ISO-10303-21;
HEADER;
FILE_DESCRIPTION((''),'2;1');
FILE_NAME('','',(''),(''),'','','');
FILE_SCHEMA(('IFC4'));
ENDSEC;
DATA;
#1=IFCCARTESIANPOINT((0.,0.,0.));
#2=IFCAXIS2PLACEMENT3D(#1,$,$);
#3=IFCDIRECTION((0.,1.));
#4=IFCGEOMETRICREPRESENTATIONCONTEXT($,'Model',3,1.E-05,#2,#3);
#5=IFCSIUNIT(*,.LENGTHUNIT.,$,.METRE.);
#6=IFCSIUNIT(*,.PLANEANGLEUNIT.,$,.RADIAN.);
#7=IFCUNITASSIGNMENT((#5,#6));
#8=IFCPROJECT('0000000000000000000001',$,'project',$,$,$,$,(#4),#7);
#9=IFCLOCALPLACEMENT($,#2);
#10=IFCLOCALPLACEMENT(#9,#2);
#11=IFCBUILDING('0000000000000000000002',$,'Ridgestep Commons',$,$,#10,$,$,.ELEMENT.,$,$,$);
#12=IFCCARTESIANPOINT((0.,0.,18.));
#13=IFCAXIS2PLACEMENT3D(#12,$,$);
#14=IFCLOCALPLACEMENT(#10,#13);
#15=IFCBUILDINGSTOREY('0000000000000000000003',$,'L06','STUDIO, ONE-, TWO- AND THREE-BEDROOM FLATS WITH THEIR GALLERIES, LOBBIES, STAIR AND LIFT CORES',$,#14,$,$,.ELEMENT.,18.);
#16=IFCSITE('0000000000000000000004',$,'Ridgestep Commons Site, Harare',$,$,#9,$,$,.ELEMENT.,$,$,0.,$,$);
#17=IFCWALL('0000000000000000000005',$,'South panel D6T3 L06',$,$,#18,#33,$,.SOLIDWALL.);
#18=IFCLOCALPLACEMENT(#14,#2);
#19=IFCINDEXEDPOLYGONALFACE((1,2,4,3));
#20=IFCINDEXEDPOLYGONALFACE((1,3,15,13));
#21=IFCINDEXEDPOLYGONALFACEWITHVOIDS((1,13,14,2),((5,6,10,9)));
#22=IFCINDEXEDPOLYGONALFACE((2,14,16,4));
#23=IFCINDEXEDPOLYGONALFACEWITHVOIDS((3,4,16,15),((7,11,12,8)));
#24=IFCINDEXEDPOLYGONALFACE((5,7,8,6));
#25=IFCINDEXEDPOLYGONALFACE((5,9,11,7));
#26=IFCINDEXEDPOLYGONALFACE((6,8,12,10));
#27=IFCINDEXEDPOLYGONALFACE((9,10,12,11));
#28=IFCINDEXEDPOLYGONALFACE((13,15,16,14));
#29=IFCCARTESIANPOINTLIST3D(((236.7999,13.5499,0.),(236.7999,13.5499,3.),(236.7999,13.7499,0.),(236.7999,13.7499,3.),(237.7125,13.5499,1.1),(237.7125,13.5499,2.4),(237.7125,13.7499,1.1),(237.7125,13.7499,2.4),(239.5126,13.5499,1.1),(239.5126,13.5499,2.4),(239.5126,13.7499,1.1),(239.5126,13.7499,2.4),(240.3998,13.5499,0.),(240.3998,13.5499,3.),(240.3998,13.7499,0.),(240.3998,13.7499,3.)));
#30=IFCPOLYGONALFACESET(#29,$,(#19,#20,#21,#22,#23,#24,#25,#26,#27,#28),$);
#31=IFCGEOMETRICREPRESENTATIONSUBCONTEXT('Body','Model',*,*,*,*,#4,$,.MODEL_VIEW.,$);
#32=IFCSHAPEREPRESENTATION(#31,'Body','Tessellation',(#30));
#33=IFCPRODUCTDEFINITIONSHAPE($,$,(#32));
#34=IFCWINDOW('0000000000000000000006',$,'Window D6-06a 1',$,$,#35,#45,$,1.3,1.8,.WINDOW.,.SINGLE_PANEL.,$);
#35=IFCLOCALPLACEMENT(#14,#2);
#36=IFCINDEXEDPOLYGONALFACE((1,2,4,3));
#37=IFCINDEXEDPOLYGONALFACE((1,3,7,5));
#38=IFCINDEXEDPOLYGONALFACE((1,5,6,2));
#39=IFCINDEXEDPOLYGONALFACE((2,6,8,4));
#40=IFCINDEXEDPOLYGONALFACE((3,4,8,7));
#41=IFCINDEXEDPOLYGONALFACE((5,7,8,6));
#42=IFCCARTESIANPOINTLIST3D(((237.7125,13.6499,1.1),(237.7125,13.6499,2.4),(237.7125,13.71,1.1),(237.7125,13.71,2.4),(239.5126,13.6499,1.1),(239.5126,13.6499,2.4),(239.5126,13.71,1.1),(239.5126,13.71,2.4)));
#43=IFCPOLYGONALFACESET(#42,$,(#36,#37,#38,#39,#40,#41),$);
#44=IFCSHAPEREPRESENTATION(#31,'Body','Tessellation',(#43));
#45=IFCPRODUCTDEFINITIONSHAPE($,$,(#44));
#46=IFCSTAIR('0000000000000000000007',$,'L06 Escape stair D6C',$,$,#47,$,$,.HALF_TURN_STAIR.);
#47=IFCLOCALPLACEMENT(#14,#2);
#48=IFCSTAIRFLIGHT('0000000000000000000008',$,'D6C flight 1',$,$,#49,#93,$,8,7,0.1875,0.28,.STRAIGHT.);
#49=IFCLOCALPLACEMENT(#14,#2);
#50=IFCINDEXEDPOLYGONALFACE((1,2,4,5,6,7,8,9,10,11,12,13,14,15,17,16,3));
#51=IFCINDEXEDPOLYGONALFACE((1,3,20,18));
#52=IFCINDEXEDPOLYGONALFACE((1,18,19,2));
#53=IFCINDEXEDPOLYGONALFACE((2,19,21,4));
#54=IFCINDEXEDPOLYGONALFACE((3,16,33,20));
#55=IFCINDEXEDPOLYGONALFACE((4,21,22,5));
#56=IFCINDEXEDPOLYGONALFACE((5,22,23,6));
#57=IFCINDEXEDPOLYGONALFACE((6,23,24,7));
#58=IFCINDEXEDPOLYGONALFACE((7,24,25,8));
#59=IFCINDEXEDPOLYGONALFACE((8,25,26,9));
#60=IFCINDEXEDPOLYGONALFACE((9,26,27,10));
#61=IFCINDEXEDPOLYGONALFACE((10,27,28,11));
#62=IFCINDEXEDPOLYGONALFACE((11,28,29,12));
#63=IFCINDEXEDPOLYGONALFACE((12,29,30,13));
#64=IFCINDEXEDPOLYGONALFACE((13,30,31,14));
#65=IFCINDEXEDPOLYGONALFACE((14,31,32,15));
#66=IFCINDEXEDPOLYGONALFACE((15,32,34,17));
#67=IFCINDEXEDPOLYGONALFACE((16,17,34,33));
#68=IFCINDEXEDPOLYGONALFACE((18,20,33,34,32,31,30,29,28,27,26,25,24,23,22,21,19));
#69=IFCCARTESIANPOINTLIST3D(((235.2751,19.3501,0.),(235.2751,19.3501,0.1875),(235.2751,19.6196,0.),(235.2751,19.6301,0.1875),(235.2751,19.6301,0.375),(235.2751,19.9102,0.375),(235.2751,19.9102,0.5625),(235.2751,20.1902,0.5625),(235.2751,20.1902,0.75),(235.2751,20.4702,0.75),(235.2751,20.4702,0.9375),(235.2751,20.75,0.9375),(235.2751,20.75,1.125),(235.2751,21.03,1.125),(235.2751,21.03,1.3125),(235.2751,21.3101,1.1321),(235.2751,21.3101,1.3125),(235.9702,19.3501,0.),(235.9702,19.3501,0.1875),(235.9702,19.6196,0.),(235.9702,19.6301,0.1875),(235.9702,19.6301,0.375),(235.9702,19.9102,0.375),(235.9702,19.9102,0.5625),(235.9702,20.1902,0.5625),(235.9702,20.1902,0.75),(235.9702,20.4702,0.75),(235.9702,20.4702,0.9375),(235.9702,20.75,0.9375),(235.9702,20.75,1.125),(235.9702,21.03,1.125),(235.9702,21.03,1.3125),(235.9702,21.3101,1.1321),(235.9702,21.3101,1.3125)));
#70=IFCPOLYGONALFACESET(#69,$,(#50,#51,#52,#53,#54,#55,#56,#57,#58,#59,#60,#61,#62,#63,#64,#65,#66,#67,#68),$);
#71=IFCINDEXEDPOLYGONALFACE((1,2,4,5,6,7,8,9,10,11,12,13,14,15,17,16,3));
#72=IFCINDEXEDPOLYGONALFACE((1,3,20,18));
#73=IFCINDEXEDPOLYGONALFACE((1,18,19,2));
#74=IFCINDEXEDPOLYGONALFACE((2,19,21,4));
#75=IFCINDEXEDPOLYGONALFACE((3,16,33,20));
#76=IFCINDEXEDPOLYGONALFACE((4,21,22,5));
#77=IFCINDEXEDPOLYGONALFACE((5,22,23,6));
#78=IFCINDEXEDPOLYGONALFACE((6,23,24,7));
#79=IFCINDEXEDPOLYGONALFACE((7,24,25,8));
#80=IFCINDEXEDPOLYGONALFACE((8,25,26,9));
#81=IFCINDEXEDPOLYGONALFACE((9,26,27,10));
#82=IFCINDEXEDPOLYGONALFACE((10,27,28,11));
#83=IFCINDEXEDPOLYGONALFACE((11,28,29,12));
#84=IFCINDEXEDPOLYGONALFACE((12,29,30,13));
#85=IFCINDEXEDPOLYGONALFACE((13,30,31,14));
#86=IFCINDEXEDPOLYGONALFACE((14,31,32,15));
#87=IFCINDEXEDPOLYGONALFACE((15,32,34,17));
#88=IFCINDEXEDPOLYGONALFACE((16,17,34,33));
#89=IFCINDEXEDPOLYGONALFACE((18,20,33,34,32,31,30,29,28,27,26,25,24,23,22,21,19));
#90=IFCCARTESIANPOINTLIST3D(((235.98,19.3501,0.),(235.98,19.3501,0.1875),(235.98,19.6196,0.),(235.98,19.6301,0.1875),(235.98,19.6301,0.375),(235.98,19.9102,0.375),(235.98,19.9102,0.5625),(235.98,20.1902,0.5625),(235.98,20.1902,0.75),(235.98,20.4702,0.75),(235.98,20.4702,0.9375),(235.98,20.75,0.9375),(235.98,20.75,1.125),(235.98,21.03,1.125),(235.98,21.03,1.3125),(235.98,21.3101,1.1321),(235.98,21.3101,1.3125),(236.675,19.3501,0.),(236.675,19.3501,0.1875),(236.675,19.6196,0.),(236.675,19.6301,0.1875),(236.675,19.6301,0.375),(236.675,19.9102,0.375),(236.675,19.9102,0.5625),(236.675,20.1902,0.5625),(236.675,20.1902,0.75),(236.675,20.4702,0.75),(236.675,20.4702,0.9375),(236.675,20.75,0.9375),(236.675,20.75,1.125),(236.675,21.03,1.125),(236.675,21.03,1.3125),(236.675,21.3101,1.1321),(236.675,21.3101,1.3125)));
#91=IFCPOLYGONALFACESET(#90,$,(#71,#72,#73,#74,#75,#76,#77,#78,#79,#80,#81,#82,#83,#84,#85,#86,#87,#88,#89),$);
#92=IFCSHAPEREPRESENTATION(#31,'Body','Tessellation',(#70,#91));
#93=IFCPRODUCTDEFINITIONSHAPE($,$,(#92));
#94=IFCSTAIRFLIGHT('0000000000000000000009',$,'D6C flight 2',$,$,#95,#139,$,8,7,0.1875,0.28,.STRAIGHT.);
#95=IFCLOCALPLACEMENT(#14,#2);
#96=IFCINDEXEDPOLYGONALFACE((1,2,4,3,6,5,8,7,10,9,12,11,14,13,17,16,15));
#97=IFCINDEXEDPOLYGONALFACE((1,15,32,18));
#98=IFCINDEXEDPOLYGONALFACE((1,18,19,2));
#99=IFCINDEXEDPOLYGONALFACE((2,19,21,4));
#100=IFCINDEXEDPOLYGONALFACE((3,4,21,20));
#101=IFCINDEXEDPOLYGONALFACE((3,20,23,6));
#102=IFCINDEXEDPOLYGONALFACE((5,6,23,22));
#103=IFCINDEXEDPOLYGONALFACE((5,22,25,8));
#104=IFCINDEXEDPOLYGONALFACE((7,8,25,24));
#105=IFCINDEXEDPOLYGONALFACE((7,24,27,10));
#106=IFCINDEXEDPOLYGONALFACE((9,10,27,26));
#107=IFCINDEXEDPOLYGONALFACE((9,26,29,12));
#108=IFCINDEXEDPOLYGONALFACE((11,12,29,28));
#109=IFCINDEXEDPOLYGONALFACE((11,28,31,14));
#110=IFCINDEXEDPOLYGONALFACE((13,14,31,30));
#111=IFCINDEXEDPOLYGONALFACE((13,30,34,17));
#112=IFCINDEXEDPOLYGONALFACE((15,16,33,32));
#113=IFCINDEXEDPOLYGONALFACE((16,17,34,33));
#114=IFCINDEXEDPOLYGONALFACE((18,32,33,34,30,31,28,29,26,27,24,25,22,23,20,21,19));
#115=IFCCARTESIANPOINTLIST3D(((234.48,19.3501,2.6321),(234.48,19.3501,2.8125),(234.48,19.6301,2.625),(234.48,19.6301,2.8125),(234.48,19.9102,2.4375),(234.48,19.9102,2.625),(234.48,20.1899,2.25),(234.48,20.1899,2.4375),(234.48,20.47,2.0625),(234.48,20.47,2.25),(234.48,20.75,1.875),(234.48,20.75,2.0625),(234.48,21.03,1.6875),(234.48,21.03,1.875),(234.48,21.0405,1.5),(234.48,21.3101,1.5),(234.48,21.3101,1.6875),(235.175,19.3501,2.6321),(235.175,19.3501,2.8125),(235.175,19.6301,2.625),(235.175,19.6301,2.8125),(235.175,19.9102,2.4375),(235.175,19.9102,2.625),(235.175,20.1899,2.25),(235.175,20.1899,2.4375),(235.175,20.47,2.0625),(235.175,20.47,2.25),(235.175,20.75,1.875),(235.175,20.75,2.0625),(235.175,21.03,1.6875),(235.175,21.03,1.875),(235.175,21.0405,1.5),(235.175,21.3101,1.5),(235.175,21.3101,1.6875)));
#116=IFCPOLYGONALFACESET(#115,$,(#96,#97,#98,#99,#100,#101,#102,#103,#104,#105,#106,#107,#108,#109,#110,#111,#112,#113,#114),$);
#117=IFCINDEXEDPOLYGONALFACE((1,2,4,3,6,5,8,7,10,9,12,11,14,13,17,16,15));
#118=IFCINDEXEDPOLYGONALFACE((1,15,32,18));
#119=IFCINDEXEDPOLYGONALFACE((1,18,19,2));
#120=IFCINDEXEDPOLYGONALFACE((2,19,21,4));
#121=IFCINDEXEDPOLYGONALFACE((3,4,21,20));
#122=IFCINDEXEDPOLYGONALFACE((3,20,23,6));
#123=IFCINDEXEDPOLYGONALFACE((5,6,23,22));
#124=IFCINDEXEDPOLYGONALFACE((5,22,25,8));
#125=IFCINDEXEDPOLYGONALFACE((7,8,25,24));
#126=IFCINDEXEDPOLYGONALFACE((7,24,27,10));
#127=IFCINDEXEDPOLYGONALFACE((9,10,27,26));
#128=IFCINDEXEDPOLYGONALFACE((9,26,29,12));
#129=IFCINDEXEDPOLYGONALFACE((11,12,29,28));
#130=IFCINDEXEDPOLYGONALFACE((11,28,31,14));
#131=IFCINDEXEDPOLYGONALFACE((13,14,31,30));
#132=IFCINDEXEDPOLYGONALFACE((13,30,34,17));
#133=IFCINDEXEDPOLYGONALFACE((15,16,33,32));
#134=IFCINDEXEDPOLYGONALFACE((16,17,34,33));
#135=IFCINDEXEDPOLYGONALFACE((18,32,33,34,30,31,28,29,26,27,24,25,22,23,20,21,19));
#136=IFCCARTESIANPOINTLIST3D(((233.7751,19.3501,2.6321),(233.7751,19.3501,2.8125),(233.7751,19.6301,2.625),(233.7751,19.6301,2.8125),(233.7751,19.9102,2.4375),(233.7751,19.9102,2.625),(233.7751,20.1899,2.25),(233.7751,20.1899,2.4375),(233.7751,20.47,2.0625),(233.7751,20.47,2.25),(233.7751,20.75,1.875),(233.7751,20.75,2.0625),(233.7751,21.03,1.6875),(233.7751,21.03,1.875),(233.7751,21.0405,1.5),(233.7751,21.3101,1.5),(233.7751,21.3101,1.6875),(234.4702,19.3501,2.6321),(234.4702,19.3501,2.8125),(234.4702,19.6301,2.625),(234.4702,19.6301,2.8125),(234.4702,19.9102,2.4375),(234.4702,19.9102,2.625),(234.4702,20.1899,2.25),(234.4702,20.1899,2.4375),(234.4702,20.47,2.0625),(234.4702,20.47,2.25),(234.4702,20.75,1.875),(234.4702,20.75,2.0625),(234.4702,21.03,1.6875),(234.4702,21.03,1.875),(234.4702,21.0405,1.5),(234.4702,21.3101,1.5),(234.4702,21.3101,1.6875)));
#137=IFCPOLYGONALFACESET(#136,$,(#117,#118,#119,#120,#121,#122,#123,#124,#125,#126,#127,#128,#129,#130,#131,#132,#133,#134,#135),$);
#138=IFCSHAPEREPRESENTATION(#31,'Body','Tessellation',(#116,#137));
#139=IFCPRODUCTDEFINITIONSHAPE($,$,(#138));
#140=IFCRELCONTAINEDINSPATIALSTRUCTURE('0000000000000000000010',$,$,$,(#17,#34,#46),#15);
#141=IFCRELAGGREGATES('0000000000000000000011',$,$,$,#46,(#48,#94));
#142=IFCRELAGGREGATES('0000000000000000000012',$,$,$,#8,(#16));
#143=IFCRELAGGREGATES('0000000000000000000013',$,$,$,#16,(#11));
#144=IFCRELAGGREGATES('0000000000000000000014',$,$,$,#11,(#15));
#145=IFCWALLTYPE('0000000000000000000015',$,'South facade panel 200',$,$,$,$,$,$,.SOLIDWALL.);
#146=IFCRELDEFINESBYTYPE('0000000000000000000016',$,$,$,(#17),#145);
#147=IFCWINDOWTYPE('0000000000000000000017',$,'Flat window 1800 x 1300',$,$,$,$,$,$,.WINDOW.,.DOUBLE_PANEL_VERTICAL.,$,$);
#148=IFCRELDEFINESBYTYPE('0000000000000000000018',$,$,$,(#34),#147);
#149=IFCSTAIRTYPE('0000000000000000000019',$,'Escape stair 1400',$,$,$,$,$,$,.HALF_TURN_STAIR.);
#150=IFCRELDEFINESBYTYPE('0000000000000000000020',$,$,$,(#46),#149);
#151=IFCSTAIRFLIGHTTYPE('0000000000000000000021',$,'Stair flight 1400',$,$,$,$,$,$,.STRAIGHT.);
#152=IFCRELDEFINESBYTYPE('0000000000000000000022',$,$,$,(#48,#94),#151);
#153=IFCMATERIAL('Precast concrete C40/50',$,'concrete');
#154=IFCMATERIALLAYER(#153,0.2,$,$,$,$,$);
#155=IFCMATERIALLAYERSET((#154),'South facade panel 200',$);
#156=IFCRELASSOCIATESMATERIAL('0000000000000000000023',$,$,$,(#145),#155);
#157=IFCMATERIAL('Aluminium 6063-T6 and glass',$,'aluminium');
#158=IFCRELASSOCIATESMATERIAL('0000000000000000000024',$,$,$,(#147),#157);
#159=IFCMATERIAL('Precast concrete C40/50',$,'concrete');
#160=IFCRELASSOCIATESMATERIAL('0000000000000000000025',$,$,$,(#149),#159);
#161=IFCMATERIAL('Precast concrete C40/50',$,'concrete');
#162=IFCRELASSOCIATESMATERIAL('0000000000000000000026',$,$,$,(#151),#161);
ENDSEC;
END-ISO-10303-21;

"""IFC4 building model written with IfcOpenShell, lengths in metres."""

from ifc_helpers import new_model, si_unit, direction, frame, frame_2d, origin, place, context, subcontext, project, spatial, polyline, rectangle, outline, extrude, material, layer, layer_set, type_object, element, fill, aggregate, save


model = new_model("IFC4")

# Units and contexts
model_context = context("Model", 3, precision=1e-05, world=origin(), true_north=direction((0.0, 1.0)))
body_context = subcontext(model_context, "Body", "Model", "MODEL_VIEW")
ifc_project = project(units=[si_unit("LENGTHUNIT", "METRE"), si_unit("PLANEANGLEUNIT", "RADIAN")], contexts=[model_context])

# Site, building, storey
site_placement = place(None, origin())
site = spatial("IfcSite", under=ifc_project, at=site_placement, Name="Ridgestep Commons Site, Harare", CompositionType="ELEMENT", RefElevation=0.0)
building_placement = place(site_placement, origin())
building = spatial("IfcBuilding", under=site, at=building_placement, Name="Ridgestep Commons", CompositionType="ELEMENT")
storey_placement = place(building_placement, frame((0.0, 0.0, 18.0)))
storey = spatial("IfcBuildingStorey", under=building, at=storey_placement, Name="L06", Description="STUDIO, ONE-, TWO- AND THREE-BEDROOM FLATS WITH THEIR GALLERIES, LOBBIES, STAIR AND LIFT CORES", CompositionType="ELEMENT", Elevation=18.0)

# Wall, opening, window
ifc_material_1 = material(Name="Precast concrete C40/50", Category="concrete")
ifc_layer_1 = layer(ifc_material_1, 0.2)
ifc_layer_set_1 = layer_set([ifc_layer_1], Name="South facade panel 200")
wall_type_1 = type_object("IfcWallType", Name="South facade panel 200", PredefinedType="SOLIDWALL", material=ifc_layer_set_1)
wall_1_placement = place(storey_placement, frame((236.8, 13.6499, 0.0), z_axis=(0.0, 0.0, 1.0), x_axis=(1.0, 0.0, 0.0)))
wall_1 = element("IfcWall", 1, at=wall_1_placement, inside=storey, type_object=wall_type_1, Name="South panel D6T3 L06", PredefinedType="SOLIDWALL", context=body_context, shape_type="SweptSolid", body=[
    extrude(rectangle(XDim=3.5999, YDim=0.2, at=frame_2d((1.7998, 0.0))), origin(), (0.0, 0.0, 1.0), 3.0),
])
opening_1_placement = place(wall_1_placement, frame((0.9126, 0.0, 1.1001)))
opening_1 = element("IfcOpeningElement", 2, at=opening_1_placement, cuts=wall_1, PredefinedType="OPENING", context=body_context, shape_type="SweptSolid", body=[
    extrude(rectangle(XDim=1.8, YDim=1.3, at=frame_2d((0.8999, 0.6499))), frame((0.0, 0.1099, 0.0), z_axis=(0.0, -1.0, 0.0), x_axis=(1.0, 0.0, 0.0)), (0.0, 0.0, 1.0), 0.22),
])
ifc_material_2 = material(Name="Aluminium 6063-T6 and glass", Category="aluminium")
window_type = type_object("IfcWindowType", Name="Flat window 1800 x 1300", PartitioningType="DOUBLE_PANEL_VERTICAL", PredefinedType="WINDOW", material=ifc_material_2)
window_placement = place(opening_1_placement, origin())
window = element("IfcWindow", 3, at=window_placement, inside=storey, type_object=window_type, Name="Window D6-06a 1", OverallHeight=1.3, OverallWidth=1.8, PartitioningType="SINGLE_PANEL", PredefinedType="WINDOW", context=body_context, shape_type="SweptSolid", body=[
    extrude(rectangle(XDim=1.8, YDim=1.3, at=frame_2d((0.8999, 0.6499))), frame((0.0, 0.0601, 0.0), z_axis=(0.0, -1.0, 0.0), x_axis=(1.0, 0.0, 0.0)), (0.0, 0.0, 1.0), 0.0601),
])
fill(opening_1, window)

# Stair, stair flights
ifc_material_3 = material(Name="Precast concrete C40/50", Category="concrete")
stair_type = type_object("IfcStairType", Name="Escape stair 1400", PredefinedType="HALF_TURN_STAIR", material=ifc_material_3)
stair_placement = place(storey_placement, origin())
stair = element("IfcStair", 4, at=stair_placement, inside=storey, type_object=stair_type, Name="L06 Escape stair D6C", PredefinedType="HALF_TURN_STAIR")
ifc_material_4 = material(Name="Precast concrete C40/50", Category="concrete")
stair_flight_type = type_object("IfcStairFlightType", Name="Stair flight 1400", PredefinedType="STRAIGHT", material=ifc_material_4)
stair_flight_1_placement = place(storey_placement, frame((235.9751, 19.3501, 0.0), z_axis=(0.0, 0.0, 1.0), x_axis=(0.0, 1.0, 0.0)))
stair_flight_1 = element("IfcStairFlight", 5, at=stair_flight_1_placement, type_object=stair_flight_type, Name="D6C flight 1", NumberOfRisers=8, NumberOfTreads=7, PredefinedType="STRAIGHT", RiserHeight=0.1875, TreadLength=0.28, context=body_context, shape_type="SweptSolid", body=[
    extrude(outline(polyline([(0.0, 0.0), (0.0, 0.1875), (0.28, 0.1875), (0.28, 0.375), (0.5601, 0.375), (0.5601, 0.5625), (0.8401, 0.5625), (0.8401, 0.75), (1.1201, 0.75), (1.1201, 0.9375), (1.3999, 0.9375), (1.3999, 1.125), (1.6799, 1.125), (1.6799, 1.3125), (1.96, 1.3125), (1.96, 1.5), (1.96, 1.1321), (0.2695, 0.0), (0.0, 0.0)])), frame((0.0, 0.7, 0.0), z_axis=(0.0, -1.0, 0.0), x_axis=(1.0, 0.0, 0.0)), (0.0, 0.0, 1.0), 0.6951),
    extrude(outline(polyline([(0.0, 0.0), (0.0, 0.1875), (0.28, 0.1875), (0.28, 0.375), (0.5601, 0.375), (0.5601, 0.5625), (0.8401, 0.5625), (0.8401, 0.75), (1.1201, 0.75), (1.1201, 0.9375), (1.3999, 0.9375), (1.3999, 1.125), (1.6799, 1.125), (1.6799, 1.3125), (1.96, 1.3125), (1.96, 1.5), (1.96, 1.1321), (0.2695, 0.0), (0.0, 0.0)])), frame((0.0, -0.0049, 0.0), z_axis=(0.0, -1.0, 0.0), x_axis=(1.0, 0.0, 0.0)), (0.0, 0.0, 1.0), 0.6951),
])
stair_flight_2_placement = place(storey_placement, frame((234.4751, 21.3101, 1.5), z_axis=(0.0, 0.0, 1.0), x_axis=(0.0, -1.0, 0.0)))
stair_flight_2 = element("IfcStairFlight", 6, at=stair_flight_2_placement, type_object=stair_flight_type, Name="D6C flight 2", NumberOfRisers=8, NumberOfTreads=7, PredefinedType="STRAIGHT", RiserHeight=0.1875, TreadLength=0.28, context=body_context, shape_type="SweptSolid", body=[
    extrude(outline(polyline([(0.0, 0.0), (0.0, 0.1875), (0.28, 0.1875), (0.28, 0.375), (0.5601, 0.375), (0.5601, 0.5625), (0.8401, 0.5625), (0.8401, 0.75), (1.1201, 0.75), (1.1201, 0.9375), (1.3999, 0.9375), (1.3999, 1.125), (1.6799, 1.125), (1.6799, 1.3125), (1.96, 1.3125), (1.96, 1.5), (1.96, 1.1321), (0.2695, 0.0), (0.0, 0.0)])), frame((0.0, 0.7, 0.0), z_axis=(0.0, -1.0, 0.0), x_axis=(1.0, 0.0, 0.0)), (0.0, 0.0, 1.0), 0.6951),
    extrude(outline(polyline([(0.0, 0.0), (0.0, 0.1875), (0.28, 0.1875), (0.28, 0.375), (0.5601, 0.375), (0.5601, 0.5625), (0.8401, 0.5625), (0.8401, 0.75), (1.1201, 0.75), (1.1201, 0.9375), (1.3999, 0.9375), (1.3999, 1.125), (1.6799, 1.125), (1.6799, 1.3125), (1.96, 1.3125), (1.96, 1.5), (1.96, 1.1321), (0.2695, 0.0), (0.0, 0.0)])), frame((0.0, -0.0049, 0.0), z_axis=(0.0, -1.0, 0.0), x_axis=(1.0, 0.0, 0.0)), (0.0, 0.0, 1.0), 0.6951),
])
aggregate(stair, [stair_flight_1, stair_flight_2])

save(model, "model.ifc")
